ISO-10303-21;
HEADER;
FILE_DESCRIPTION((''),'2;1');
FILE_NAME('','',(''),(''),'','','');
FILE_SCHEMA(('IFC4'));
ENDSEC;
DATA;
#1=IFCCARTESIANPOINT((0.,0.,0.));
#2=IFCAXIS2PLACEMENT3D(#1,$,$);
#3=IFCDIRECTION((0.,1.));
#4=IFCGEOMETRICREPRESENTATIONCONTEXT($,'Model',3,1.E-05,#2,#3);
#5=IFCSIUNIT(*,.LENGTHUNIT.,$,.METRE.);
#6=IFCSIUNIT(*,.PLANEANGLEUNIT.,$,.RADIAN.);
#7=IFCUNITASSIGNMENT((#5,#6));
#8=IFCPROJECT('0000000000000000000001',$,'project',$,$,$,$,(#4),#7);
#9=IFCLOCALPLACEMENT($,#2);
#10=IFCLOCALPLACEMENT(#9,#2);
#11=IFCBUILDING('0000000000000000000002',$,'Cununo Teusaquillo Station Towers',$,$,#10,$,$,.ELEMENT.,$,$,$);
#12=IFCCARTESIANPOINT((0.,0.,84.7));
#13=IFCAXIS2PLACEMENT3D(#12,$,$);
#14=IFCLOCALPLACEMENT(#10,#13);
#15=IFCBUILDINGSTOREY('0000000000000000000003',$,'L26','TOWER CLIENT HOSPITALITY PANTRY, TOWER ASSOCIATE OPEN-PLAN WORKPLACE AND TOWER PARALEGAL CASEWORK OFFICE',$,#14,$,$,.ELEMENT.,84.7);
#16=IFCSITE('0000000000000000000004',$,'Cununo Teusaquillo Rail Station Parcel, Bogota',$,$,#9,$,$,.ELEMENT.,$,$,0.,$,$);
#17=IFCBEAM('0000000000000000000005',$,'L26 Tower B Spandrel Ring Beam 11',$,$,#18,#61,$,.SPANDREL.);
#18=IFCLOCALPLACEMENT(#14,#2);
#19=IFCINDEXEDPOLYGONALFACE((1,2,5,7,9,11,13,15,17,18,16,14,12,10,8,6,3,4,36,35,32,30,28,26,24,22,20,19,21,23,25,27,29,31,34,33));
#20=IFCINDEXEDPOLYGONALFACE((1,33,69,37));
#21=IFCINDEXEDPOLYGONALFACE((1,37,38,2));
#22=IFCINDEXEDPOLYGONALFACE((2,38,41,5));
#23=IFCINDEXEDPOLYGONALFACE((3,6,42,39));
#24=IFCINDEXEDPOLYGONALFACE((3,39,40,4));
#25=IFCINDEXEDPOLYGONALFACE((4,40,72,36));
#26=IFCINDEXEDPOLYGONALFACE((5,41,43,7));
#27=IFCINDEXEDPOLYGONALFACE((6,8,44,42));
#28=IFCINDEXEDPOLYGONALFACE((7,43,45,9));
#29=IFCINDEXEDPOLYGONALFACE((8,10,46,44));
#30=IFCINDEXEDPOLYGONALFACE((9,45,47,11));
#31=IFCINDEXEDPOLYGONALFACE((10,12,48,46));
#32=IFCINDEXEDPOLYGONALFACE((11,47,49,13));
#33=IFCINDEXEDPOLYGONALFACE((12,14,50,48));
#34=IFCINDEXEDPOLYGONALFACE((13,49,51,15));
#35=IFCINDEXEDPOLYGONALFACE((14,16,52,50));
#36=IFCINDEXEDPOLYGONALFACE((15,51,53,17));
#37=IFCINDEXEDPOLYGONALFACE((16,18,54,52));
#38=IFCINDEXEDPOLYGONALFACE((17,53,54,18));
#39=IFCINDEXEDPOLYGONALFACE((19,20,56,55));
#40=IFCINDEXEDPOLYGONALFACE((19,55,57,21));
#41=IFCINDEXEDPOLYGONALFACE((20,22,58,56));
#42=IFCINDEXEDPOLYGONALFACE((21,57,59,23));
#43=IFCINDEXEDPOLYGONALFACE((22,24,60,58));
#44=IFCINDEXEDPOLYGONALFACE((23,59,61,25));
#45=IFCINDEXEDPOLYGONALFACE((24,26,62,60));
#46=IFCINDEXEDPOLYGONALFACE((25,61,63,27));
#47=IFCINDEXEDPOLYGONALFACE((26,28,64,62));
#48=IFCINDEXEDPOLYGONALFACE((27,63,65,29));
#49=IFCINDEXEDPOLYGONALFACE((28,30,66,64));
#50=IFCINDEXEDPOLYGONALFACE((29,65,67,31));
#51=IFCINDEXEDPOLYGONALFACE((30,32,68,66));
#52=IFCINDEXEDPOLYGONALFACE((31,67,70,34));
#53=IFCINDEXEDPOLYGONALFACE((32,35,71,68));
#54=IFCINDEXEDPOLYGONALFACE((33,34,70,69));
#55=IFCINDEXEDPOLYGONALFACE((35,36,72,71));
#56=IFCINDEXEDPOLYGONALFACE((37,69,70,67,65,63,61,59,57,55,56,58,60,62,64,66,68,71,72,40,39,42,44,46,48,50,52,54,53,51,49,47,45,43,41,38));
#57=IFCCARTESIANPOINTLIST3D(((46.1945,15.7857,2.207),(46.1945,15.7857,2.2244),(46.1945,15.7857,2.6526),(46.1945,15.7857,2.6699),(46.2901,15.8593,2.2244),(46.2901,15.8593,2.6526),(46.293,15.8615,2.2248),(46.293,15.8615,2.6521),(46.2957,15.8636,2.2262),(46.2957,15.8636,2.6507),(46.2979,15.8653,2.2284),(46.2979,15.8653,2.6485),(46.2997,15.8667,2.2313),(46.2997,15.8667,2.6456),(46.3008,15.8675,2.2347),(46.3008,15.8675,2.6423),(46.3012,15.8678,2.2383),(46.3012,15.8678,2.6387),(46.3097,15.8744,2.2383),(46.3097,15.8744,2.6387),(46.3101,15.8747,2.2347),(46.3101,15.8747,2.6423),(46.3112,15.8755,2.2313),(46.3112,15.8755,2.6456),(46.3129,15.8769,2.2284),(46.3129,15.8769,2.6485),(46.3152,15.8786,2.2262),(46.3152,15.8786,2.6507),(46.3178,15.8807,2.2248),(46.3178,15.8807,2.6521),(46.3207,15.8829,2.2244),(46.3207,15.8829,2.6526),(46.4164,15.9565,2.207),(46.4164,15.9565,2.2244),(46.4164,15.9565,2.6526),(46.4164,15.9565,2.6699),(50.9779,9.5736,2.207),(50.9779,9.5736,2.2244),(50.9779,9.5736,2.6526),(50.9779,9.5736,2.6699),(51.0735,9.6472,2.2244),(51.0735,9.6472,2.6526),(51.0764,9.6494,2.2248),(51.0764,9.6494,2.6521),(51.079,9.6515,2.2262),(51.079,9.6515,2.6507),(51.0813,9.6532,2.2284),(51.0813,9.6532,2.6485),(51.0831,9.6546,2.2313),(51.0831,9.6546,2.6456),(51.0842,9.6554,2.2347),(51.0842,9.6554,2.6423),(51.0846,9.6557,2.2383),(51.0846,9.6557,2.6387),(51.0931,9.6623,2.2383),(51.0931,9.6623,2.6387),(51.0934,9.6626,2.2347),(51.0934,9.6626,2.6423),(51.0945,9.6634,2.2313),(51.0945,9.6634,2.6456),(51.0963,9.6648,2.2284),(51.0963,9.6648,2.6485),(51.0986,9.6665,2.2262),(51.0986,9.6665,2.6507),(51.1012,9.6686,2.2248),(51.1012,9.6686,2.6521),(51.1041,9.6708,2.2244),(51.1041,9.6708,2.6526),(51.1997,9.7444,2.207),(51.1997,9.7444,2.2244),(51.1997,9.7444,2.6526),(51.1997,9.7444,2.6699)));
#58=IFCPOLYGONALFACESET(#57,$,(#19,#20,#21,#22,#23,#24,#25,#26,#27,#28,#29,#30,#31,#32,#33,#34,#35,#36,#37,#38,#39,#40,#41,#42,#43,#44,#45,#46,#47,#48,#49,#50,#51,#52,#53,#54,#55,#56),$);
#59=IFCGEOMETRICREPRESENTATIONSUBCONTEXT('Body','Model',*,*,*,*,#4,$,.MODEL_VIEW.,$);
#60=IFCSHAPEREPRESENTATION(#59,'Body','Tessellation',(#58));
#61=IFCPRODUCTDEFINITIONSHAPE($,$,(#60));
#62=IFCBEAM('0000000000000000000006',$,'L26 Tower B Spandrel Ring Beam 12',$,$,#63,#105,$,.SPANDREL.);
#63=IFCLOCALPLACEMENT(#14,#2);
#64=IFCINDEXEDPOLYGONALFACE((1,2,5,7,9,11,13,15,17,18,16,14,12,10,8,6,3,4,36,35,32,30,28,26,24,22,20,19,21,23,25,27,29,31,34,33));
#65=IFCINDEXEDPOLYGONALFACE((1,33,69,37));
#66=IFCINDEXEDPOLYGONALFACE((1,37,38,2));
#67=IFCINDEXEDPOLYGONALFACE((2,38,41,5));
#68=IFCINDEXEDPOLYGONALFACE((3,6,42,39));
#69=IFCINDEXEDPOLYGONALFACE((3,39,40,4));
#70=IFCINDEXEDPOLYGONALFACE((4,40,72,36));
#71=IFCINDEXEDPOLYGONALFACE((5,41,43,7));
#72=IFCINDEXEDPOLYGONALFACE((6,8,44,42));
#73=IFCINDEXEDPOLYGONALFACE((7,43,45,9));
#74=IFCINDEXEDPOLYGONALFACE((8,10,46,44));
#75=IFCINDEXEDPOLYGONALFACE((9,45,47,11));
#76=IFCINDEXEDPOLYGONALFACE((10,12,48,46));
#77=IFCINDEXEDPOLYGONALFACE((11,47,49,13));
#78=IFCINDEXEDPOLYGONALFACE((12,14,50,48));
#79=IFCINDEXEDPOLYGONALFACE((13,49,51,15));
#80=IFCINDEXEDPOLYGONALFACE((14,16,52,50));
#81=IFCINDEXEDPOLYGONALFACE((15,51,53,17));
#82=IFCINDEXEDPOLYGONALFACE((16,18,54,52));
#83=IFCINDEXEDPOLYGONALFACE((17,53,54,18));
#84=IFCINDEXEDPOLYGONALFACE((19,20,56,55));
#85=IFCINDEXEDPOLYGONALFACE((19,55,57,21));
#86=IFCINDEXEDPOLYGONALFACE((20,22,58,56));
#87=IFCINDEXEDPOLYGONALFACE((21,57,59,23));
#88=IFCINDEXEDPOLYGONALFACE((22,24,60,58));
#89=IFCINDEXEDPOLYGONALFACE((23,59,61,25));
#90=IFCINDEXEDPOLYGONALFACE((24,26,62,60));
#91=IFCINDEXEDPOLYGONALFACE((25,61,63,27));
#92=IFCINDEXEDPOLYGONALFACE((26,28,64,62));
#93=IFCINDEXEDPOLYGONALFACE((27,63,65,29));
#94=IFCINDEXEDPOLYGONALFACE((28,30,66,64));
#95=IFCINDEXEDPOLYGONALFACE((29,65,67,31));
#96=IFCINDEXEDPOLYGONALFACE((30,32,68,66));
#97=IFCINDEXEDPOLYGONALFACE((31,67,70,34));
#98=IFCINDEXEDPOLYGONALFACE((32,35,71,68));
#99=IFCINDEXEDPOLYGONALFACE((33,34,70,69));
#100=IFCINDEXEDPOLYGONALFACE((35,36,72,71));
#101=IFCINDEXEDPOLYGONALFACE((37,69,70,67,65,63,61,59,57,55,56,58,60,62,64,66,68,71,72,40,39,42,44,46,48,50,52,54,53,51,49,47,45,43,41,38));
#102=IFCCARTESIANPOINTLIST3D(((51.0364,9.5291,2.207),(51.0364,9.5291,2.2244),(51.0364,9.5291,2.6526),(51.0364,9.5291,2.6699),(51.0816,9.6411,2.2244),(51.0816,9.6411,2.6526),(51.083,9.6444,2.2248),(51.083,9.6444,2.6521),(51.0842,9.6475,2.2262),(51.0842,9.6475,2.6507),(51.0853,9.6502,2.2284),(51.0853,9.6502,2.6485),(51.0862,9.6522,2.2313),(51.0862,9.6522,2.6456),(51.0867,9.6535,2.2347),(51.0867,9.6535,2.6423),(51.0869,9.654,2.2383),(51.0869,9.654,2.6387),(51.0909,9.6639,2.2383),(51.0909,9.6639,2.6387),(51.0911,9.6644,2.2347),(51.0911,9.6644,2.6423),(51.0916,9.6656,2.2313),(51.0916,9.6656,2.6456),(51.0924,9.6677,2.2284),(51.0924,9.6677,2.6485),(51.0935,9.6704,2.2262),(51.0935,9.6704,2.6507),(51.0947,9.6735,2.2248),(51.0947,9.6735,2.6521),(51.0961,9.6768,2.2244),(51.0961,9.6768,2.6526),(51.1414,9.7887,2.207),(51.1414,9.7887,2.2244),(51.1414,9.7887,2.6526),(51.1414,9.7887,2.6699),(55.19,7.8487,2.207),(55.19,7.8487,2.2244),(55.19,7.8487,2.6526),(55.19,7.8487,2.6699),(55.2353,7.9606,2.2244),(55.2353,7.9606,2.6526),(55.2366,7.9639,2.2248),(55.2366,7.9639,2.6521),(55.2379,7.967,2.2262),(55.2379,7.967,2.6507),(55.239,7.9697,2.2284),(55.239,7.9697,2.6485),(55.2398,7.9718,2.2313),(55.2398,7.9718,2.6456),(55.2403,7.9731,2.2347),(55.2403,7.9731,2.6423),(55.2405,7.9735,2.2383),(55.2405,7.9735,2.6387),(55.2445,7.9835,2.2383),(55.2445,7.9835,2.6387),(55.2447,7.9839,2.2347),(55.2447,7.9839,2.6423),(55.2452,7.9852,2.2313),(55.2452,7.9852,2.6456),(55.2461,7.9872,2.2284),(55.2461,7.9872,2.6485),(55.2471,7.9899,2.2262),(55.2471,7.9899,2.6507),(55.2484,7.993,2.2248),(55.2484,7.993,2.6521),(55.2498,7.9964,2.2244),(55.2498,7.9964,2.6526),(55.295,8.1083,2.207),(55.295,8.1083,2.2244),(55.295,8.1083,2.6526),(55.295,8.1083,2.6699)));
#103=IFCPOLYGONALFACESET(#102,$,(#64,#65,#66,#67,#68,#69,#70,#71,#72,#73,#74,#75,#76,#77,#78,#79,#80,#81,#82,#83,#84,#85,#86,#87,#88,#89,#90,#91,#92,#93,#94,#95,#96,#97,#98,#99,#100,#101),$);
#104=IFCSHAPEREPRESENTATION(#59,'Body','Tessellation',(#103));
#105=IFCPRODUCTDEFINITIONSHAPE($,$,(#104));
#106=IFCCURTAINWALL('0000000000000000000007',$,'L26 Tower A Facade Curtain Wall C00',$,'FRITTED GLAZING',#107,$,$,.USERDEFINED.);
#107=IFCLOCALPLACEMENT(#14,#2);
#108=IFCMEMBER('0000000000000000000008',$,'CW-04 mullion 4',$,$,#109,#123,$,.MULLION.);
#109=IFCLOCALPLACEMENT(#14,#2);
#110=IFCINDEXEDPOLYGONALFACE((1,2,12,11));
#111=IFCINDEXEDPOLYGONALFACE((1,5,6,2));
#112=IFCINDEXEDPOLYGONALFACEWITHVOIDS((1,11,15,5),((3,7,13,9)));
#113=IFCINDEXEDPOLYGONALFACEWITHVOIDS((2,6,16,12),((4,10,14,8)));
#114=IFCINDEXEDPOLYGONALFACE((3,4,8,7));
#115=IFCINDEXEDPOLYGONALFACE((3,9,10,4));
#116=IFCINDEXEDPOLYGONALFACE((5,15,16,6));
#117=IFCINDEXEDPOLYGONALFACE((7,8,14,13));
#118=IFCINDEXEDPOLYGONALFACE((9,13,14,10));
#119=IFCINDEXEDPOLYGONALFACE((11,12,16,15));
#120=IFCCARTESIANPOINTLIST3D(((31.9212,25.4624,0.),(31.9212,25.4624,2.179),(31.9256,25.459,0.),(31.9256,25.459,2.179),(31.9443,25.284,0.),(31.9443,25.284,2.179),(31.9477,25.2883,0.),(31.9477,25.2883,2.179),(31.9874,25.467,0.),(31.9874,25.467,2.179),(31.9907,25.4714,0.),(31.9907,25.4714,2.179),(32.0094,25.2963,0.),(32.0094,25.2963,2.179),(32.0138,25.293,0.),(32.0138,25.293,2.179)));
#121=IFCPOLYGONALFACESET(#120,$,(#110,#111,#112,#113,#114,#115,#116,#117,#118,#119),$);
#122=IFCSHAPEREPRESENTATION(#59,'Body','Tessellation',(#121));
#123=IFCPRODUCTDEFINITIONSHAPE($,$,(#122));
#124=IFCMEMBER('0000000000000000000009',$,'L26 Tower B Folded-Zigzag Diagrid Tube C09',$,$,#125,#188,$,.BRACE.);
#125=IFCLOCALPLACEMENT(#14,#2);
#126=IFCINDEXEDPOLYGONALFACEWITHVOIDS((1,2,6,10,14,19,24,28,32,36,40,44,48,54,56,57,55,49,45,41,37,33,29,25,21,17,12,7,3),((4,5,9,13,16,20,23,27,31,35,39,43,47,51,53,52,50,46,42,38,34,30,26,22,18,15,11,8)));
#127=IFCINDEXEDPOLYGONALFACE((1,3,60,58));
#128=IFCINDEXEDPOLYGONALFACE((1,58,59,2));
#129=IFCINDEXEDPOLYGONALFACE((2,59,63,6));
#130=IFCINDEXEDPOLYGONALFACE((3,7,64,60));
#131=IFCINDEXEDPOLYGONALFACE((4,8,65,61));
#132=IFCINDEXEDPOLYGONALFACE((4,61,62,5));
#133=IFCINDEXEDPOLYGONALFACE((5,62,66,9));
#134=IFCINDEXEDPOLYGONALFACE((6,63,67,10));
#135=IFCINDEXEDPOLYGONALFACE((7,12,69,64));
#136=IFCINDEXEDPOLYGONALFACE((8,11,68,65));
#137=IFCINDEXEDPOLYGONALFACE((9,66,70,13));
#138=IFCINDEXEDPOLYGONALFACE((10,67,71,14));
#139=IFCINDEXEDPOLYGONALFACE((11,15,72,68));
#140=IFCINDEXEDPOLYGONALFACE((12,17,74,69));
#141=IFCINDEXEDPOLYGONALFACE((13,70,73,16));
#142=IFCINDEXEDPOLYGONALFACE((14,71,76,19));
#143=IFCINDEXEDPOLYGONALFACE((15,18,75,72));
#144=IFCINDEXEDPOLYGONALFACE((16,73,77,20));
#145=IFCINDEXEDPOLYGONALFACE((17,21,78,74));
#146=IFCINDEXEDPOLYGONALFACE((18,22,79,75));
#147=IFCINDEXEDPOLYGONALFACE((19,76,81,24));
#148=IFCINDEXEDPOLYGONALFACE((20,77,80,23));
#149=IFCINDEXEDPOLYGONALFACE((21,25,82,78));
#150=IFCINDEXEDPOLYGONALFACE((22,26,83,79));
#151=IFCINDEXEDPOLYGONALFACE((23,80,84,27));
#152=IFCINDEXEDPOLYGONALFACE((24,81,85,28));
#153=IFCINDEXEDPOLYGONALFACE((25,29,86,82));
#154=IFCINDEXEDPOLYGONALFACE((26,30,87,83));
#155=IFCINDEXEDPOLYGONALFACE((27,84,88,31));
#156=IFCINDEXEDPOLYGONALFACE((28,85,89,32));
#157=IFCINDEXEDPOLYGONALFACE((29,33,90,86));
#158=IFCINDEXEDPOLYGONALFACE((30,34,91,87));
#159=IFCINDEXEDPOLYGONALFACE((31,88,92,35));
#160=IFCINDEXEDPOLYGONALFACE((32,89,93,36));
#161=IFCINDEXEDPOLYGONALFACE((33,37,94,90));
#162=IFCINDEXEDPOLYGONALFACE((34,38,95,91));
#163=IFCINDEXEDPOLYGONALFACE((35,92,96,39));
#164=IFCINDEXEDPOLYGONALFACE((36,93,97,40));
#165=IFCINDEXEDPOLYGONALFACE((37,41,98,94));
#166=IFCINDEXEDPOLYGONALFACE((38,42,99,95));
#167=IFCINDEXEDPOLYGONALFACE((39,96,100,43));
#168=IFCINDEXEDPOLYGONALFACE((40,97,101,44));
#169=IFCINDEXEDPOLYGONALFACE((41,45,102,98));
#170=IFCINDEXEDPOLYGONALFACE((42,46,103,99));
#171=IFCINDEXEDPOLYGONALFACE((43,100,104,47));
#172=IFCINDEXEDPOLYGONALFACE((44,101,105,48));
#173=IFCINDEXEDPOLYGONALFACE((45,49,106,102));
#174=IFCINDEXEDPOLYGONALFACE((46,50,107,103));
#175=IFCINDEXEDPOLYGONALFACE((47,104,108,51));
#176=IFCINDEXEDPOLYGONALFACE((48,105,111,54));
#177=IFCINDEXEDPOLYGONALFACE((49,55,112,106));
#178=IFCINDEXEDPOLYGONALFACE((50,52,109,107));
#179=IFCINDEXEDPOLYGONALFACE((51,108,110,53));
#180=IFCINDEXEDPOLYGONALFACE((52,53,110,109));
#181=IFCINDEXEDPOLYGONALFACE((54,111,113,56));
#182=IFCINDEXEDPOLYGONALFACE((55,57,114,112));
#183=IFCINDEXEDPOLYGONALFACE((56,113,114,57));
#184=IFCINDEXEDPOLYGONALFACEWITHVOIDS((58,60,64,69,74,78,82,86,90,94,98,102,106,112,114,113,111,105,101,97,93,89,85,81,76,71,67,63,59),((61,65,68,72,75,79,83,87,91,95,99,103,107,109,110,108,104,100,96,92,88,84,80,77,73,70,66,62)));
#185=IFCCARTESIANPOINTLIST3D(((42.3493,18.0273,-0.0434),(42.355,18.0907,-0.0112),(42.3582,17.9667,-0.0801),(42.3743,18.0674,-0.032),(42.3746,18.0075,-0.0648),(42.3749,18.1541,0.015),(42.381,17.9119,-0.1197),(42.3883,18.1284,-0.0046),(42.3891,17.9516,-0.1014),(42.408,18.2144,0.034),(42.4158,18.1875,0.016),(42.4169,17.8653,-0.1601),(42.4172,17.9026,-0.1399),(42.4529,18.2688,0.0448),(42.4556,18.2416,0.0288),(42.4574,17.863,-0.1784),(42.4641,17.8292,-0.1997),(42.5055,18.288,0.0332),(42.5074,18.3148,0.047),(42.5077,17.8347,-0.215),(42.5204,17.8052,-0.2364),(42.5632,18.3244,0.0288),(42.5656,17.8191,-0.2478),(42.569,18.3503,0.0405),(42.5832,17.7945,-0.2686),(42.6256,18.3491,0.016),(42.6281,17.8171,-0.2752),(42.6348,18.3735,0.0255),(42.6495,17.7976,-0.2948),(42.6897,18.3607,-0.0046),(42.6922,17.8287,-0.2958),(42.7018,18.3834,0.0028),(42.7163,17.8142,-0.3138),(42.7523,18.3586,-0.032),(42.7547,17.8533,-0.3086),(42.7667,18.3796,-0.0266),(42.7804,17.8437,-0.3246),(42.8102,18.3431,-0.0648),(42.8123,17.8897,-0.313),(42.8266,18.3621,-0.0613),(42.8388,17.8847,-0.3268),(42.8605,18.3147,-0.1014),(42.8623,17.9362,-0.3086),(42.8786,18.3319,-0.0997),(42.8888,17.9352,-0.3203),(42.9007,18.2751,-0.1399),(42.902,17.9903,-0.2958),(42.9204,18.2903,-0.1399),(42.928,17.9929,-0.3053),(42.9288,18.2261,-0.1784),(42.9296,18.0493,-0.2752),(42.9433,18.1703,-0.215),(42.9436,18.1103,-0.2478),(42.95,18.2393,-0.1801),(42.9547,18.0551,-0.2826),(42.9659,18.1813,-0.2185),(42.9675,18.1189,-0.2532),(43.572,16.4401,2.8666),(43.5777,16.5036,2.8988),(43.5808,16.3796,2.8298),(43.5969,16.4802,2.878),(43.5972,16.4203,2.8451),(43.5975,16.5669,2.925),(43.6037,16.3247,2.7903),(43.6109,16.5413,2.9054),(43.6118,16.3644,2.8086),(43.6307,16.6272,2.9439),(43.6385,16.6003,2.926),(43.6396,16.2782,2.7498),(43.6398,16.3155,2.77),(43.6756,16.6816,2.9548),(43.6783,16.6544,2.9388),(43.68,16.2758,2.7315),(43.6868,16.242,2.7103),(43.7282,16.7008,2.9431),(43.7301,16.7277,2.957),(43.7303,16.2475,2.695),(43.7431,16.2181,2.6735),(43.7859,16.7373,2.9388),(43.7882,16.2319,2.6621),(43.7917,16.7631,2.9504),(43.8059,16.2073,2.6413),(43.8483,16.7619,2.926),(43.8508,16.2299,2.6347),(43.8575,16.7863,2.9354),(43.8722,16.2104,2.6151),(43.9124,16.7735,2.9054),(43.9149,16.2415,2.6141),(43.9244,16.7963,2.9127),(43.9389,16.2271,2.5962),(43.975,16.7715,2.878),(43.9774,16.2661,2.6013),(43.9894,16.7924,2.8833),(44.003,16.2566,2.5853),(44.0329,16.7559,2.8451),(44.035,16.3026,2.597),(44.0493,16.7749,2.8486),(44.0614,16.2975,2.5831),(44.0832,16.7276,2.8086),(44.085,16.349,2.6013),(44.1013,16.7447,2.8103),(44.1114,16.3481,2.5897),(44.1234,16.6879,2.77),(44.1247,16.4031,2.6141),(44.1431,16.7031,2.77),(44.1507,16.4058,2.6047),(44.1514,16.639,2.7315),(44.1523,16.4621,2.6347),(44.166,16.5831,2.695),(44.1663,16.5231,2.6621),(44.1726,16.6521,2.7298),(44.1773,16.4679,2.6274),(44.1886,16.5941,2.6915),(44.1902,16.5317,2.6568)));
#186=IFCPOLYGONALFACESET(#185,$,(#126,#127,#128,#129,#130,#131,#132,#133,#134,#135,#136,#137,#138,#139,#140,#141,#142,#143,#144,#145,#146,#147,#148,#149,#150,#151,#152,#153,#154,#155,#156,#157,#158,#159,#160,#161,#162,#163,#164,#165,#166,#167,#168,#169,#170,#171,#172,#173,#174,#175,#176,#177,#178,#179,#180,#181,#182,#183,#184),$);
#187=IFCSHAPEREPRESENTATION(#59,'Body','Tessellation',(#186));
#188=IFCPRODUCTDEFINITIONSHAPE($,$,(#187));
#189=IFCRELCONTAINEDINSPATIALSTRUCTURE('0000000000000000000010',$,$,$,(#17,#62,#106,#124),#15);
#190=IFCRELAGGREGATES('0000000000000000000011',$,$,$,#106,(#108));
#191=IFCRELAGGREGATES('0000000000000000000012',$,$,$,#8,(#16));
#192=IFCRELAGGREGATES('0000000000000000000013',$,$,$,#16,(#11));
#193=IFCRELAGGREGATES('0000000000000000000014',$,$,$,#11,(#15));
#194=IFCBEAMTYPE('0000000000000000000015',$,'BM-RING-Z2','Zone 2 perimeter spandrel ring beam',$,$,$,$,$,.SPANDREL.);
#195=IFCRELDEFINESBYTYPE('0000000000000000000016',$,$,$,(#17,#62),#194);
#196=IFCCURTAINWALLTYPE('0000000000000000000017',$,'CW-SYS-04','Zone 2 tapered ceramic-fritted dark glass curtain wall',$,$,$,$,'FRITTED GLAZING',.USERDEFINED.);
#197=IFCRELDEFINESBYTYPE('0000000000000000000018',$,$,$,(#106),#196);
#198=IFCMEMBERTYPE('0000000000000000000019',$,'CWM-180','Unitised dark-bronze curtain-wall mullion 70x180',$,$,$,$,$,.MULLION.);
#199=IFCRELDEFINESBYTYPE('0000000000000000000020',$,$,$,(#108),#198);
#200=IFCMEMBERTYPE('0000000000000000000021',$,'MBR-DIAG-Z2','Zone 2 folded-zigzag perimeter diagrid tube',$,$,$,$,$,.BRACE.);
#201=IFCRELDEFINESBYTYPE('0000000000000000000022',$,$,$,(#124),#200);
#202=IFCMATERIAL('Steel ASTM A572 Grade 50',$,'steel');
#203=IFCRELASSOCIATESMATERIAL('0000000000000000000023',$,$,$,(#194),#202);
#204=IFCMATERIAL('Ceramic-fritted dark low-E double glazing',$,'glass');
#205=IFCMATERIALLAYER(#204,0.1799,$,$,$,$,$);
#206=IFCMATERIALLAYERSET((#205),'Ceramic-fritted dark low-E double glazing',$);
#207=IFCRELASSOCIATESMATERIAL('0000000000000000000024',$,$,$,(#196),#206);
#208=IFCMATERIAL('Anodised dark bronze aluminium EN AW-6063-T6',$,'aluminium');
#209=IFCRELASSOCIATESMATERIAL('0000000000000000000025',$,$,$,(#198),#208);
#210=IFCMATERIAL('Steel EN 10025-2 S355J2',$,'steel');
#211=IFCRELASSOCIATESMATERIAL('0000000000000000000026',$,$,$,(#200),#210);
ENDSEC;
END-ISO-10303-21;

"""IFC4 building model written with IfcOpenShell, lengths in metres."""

from ifc_helpers import new_model, si_unit, direction, frame, origin, origin_2d, place, context, subcontext, project, spatial, hollow_rectangle, hollow_circle, i_section, extrude, material, layer, layer_set, material_profile, profile_set, type_object, element, aggregate, save


model = new_model("IFC4")

# Units and contexts
model_context = context("Model", 3, precision=1e-05, world=origin(), true_north=direction((0.0, 1.0)))
body_context = subcontext(model_context, "Body", "Model", "MODEL_VIEW")
ifc_project = project(units=[si_unit("LENGTHUNIT", "METRE"), si_unit("PLANEANGLEUNIT", "RADIAN")], contexts=[model_context])

# Site, building, storey
site_placement = place(None, origin())
site = spatial("IfcSite", under=ifc_project, at=site_placement, Name="Cununo Teusaquillo Rail Station Parcel, Bogota", CompositionType="ELEMENT", RefElevation=0.0)
building_placement = place(site_placement, origin())
building = spatial("IfcBuilding", under=site, at=building_placement, Name="Cununo Teusaquillo Station Towers", CompositionType="ELEMENT")
storey_placement = place(building_placement, frame((0.0, 0.0, 84.7)))
storey = spatial("IfcBuildingStorey", under=building, at=storey_placement, Name="L26", Description="TOWER CLIENT HOSPITALITY PANTRY, TOWER ASSOCIATE OPEN-PLAN WORKPLACE AND TOWER PARALEGAL CASEWORK OFFICE", CompositionType="ELEMENT", Elevation=84.7)

# Beams
ifc_material_1 = material(Name="Steel ASTM A572 Grade 50", Category="steel")
ifc_material_profile_1 = material_profile(ifc_material_1, i_section(OverallWidth=0.28, OverallDepth=0.4629, WebThickness=0.0107, FlangeThickness=0.0173, FilletRadius=0.0139, at=origin_2d()), Name="W18X76")
ifc_profile_set_1 = profile_set([ifc_material_profile_1], Name="Steel ASTM A572 Grade 50")
beam_type_1 = type_object("IfcBeamType", Name="BM-RING-Z2", Description="Zone 2 perimeter spandrel ring beam", PredefinedType="SPANDREL", material=ifc_profile_set_1)
beam_1_placement = place(storey_placement, frame((46.3054, 15.8711, 2.4385), z_axis=(0.6101, -0.792324, 0.0), x_axis=(0.792324, 0.6101, 0.0)))
element("IfcBeam", 1, at=beam_1_placement, inside=storey, type_object=beam_type_1, Name="L26 Tower B Spandrel Ring Beam 11", PredefinedType="SPANDREL", context=body_context, shape_type="SweptSolid", body=[
    extrude(i_section(OverallWidth=0.28, OverallDepth=0.4629, WebThickness=0.0107, FlangeThickness=0.0173, FilletRadius=0.0139, at=origin_2d()), origin(), (0.0, 0.0, 1.0), 7.8403),
])
beam_2_placement = place(storey_placement, frame((51.0889, 9.6589, 2.4385), z_axis=(0.927008, -0.375042, 0.0), x_axis=(0.375042, 0.927008, 0.0)))
element("IfcBeam", 2, at=beam_2_placement, inside=storey, type_object=beam_type_1, Name="L26 Tower B Spandrel Ring Beam 12", PredefinedType="SPANDREL", context=body_context, shape_type="SweptSolid", body=[
    extrude(i_section(OverallWidth=0.28, OverallDepth=0.4629, WebThickness=0.0107, FlangeThickness=0.0173, FilletRadius=0.0139, at=origin_2d()), origin(), (0.0, 0.0, 1.0), 4.4807),
])

# Curtain wall, member
ifc_material_2 = material(Name="Ceramic-fritted dark low-E double glazing", Category="glass")
ifc_layer_1 = layer(ifc_material_2, 0.1799)
ifc_layer_set_1 = layer_set([ifc_layer_1], Name="Ceramic-fritted dark low-E double glazing")
curtain_wall_type = type_object("IfcCurtainWallType", Name="CW-SYS-04", Description="Zone 2 tapered ceramic-fritted dark glass curtain wall", ElementType="FRITTED GLAZING", PredefinedType="USERDEFINED", material=ifc_layer_set_1)
curtain_wall_placement = place(storey_placement, origin())
curtain_wall = element("IfcCurtainWall", 3, at=curtain_wall_placement, inside=storey, type_object=curtain_wall_type, Name="L26 Tower A Facade Curtain Wall C00", ObjectType="FRITTED GLAZING", PredefinedType="USERDEFINED")
ifc_material_3 = material(Name="Anodised dark bronze aluminium EN AW-6063-T6", Category="aluminium")
ifc_material_profile_2 = material_profile(ifc_material_3, hollow_rectangle(XDim=0.0701, YDim=0.1799, WallThickness=0.0039, at=origin_2d()), Name="CW-MULL-70x180")
ifc_profile_set_2 = profile_set([ifc_material_profile_2], Name="Anodised dark bronze aluminium EN AW-6063-T6")
member_type_1 = type_object("IfcMemberType", Name="CWM-180", Description="Unitised dark-bronze curtain-wall mullion 70x180", PredefinedType="MULLION", material=ifc_profile_set_2)
member_1_placement = place(storey_placement, frame((31.9675, 25.3777, 0.0), z_axis=(0.0, 0.0, 1.0), x_axis=(0.991731, 0.128336, 0.0)))
member_1 = element("IfcMember", 4, at=member_1_placement, type_object=member_type_1, Name="CW-04 mullion 4", PredefinedType="MULLION", context=body_context, shape_type="SweptSolid", body=[
    extrude(hollow_rectangle(XDim=0.0701, YDim=0.1799, WallThickness=0.0039, at=origin_2d()), origin(), (0.0, 0.0, 1.0), 2.179),
])
aggregate(curtain_wall, [member_1])

# Member
ifc_material_4 = material(Name="Steel EN 10025-2 S355J2", Category="steel")
ifc_material_profile_3 = material_profile(ifc_material_4, hollow_circle(Radius=0.3301, WallThickness=0.0249, at=origin_2d()), Name="CHS 660x25")
ifc_profile_set_3 = profile_set([ifc_material_profile_3], Name="Steel EN 10025-2 S355J2")
member_type_2 = type_object("IfcMemberType", Name="MBR-DIAG-Z2", Description="Zone 2 folded-zigzag perimeter diagrid tube", PredefinedType="BRACE", material=ifc_profile_set_3)
member_2_placement = place(storey_placement, frame((42.6589, 18.0889, -0.1399), z_axis=(0.346075, -0.449248, 0.823656), x_axis=(0.792198, 0.610264, 0.0)))
element("IfcMember", 5, at=member_2_placement, inside=storey, type_object=member_type_2, Name="L26 Tower B Folded-Zigzag Diagrid Tube C09", PredefinedType="BRACE", context=body_context, shape_type="SweptSolid", body=[
    extrude(hollow_circle(Radius=0.3301, WallThickness=0.0249, at=origin_2d()), origin(), (0.0, 0.0, 1.0), 3.533),
])

save(model, "model.ifc")
